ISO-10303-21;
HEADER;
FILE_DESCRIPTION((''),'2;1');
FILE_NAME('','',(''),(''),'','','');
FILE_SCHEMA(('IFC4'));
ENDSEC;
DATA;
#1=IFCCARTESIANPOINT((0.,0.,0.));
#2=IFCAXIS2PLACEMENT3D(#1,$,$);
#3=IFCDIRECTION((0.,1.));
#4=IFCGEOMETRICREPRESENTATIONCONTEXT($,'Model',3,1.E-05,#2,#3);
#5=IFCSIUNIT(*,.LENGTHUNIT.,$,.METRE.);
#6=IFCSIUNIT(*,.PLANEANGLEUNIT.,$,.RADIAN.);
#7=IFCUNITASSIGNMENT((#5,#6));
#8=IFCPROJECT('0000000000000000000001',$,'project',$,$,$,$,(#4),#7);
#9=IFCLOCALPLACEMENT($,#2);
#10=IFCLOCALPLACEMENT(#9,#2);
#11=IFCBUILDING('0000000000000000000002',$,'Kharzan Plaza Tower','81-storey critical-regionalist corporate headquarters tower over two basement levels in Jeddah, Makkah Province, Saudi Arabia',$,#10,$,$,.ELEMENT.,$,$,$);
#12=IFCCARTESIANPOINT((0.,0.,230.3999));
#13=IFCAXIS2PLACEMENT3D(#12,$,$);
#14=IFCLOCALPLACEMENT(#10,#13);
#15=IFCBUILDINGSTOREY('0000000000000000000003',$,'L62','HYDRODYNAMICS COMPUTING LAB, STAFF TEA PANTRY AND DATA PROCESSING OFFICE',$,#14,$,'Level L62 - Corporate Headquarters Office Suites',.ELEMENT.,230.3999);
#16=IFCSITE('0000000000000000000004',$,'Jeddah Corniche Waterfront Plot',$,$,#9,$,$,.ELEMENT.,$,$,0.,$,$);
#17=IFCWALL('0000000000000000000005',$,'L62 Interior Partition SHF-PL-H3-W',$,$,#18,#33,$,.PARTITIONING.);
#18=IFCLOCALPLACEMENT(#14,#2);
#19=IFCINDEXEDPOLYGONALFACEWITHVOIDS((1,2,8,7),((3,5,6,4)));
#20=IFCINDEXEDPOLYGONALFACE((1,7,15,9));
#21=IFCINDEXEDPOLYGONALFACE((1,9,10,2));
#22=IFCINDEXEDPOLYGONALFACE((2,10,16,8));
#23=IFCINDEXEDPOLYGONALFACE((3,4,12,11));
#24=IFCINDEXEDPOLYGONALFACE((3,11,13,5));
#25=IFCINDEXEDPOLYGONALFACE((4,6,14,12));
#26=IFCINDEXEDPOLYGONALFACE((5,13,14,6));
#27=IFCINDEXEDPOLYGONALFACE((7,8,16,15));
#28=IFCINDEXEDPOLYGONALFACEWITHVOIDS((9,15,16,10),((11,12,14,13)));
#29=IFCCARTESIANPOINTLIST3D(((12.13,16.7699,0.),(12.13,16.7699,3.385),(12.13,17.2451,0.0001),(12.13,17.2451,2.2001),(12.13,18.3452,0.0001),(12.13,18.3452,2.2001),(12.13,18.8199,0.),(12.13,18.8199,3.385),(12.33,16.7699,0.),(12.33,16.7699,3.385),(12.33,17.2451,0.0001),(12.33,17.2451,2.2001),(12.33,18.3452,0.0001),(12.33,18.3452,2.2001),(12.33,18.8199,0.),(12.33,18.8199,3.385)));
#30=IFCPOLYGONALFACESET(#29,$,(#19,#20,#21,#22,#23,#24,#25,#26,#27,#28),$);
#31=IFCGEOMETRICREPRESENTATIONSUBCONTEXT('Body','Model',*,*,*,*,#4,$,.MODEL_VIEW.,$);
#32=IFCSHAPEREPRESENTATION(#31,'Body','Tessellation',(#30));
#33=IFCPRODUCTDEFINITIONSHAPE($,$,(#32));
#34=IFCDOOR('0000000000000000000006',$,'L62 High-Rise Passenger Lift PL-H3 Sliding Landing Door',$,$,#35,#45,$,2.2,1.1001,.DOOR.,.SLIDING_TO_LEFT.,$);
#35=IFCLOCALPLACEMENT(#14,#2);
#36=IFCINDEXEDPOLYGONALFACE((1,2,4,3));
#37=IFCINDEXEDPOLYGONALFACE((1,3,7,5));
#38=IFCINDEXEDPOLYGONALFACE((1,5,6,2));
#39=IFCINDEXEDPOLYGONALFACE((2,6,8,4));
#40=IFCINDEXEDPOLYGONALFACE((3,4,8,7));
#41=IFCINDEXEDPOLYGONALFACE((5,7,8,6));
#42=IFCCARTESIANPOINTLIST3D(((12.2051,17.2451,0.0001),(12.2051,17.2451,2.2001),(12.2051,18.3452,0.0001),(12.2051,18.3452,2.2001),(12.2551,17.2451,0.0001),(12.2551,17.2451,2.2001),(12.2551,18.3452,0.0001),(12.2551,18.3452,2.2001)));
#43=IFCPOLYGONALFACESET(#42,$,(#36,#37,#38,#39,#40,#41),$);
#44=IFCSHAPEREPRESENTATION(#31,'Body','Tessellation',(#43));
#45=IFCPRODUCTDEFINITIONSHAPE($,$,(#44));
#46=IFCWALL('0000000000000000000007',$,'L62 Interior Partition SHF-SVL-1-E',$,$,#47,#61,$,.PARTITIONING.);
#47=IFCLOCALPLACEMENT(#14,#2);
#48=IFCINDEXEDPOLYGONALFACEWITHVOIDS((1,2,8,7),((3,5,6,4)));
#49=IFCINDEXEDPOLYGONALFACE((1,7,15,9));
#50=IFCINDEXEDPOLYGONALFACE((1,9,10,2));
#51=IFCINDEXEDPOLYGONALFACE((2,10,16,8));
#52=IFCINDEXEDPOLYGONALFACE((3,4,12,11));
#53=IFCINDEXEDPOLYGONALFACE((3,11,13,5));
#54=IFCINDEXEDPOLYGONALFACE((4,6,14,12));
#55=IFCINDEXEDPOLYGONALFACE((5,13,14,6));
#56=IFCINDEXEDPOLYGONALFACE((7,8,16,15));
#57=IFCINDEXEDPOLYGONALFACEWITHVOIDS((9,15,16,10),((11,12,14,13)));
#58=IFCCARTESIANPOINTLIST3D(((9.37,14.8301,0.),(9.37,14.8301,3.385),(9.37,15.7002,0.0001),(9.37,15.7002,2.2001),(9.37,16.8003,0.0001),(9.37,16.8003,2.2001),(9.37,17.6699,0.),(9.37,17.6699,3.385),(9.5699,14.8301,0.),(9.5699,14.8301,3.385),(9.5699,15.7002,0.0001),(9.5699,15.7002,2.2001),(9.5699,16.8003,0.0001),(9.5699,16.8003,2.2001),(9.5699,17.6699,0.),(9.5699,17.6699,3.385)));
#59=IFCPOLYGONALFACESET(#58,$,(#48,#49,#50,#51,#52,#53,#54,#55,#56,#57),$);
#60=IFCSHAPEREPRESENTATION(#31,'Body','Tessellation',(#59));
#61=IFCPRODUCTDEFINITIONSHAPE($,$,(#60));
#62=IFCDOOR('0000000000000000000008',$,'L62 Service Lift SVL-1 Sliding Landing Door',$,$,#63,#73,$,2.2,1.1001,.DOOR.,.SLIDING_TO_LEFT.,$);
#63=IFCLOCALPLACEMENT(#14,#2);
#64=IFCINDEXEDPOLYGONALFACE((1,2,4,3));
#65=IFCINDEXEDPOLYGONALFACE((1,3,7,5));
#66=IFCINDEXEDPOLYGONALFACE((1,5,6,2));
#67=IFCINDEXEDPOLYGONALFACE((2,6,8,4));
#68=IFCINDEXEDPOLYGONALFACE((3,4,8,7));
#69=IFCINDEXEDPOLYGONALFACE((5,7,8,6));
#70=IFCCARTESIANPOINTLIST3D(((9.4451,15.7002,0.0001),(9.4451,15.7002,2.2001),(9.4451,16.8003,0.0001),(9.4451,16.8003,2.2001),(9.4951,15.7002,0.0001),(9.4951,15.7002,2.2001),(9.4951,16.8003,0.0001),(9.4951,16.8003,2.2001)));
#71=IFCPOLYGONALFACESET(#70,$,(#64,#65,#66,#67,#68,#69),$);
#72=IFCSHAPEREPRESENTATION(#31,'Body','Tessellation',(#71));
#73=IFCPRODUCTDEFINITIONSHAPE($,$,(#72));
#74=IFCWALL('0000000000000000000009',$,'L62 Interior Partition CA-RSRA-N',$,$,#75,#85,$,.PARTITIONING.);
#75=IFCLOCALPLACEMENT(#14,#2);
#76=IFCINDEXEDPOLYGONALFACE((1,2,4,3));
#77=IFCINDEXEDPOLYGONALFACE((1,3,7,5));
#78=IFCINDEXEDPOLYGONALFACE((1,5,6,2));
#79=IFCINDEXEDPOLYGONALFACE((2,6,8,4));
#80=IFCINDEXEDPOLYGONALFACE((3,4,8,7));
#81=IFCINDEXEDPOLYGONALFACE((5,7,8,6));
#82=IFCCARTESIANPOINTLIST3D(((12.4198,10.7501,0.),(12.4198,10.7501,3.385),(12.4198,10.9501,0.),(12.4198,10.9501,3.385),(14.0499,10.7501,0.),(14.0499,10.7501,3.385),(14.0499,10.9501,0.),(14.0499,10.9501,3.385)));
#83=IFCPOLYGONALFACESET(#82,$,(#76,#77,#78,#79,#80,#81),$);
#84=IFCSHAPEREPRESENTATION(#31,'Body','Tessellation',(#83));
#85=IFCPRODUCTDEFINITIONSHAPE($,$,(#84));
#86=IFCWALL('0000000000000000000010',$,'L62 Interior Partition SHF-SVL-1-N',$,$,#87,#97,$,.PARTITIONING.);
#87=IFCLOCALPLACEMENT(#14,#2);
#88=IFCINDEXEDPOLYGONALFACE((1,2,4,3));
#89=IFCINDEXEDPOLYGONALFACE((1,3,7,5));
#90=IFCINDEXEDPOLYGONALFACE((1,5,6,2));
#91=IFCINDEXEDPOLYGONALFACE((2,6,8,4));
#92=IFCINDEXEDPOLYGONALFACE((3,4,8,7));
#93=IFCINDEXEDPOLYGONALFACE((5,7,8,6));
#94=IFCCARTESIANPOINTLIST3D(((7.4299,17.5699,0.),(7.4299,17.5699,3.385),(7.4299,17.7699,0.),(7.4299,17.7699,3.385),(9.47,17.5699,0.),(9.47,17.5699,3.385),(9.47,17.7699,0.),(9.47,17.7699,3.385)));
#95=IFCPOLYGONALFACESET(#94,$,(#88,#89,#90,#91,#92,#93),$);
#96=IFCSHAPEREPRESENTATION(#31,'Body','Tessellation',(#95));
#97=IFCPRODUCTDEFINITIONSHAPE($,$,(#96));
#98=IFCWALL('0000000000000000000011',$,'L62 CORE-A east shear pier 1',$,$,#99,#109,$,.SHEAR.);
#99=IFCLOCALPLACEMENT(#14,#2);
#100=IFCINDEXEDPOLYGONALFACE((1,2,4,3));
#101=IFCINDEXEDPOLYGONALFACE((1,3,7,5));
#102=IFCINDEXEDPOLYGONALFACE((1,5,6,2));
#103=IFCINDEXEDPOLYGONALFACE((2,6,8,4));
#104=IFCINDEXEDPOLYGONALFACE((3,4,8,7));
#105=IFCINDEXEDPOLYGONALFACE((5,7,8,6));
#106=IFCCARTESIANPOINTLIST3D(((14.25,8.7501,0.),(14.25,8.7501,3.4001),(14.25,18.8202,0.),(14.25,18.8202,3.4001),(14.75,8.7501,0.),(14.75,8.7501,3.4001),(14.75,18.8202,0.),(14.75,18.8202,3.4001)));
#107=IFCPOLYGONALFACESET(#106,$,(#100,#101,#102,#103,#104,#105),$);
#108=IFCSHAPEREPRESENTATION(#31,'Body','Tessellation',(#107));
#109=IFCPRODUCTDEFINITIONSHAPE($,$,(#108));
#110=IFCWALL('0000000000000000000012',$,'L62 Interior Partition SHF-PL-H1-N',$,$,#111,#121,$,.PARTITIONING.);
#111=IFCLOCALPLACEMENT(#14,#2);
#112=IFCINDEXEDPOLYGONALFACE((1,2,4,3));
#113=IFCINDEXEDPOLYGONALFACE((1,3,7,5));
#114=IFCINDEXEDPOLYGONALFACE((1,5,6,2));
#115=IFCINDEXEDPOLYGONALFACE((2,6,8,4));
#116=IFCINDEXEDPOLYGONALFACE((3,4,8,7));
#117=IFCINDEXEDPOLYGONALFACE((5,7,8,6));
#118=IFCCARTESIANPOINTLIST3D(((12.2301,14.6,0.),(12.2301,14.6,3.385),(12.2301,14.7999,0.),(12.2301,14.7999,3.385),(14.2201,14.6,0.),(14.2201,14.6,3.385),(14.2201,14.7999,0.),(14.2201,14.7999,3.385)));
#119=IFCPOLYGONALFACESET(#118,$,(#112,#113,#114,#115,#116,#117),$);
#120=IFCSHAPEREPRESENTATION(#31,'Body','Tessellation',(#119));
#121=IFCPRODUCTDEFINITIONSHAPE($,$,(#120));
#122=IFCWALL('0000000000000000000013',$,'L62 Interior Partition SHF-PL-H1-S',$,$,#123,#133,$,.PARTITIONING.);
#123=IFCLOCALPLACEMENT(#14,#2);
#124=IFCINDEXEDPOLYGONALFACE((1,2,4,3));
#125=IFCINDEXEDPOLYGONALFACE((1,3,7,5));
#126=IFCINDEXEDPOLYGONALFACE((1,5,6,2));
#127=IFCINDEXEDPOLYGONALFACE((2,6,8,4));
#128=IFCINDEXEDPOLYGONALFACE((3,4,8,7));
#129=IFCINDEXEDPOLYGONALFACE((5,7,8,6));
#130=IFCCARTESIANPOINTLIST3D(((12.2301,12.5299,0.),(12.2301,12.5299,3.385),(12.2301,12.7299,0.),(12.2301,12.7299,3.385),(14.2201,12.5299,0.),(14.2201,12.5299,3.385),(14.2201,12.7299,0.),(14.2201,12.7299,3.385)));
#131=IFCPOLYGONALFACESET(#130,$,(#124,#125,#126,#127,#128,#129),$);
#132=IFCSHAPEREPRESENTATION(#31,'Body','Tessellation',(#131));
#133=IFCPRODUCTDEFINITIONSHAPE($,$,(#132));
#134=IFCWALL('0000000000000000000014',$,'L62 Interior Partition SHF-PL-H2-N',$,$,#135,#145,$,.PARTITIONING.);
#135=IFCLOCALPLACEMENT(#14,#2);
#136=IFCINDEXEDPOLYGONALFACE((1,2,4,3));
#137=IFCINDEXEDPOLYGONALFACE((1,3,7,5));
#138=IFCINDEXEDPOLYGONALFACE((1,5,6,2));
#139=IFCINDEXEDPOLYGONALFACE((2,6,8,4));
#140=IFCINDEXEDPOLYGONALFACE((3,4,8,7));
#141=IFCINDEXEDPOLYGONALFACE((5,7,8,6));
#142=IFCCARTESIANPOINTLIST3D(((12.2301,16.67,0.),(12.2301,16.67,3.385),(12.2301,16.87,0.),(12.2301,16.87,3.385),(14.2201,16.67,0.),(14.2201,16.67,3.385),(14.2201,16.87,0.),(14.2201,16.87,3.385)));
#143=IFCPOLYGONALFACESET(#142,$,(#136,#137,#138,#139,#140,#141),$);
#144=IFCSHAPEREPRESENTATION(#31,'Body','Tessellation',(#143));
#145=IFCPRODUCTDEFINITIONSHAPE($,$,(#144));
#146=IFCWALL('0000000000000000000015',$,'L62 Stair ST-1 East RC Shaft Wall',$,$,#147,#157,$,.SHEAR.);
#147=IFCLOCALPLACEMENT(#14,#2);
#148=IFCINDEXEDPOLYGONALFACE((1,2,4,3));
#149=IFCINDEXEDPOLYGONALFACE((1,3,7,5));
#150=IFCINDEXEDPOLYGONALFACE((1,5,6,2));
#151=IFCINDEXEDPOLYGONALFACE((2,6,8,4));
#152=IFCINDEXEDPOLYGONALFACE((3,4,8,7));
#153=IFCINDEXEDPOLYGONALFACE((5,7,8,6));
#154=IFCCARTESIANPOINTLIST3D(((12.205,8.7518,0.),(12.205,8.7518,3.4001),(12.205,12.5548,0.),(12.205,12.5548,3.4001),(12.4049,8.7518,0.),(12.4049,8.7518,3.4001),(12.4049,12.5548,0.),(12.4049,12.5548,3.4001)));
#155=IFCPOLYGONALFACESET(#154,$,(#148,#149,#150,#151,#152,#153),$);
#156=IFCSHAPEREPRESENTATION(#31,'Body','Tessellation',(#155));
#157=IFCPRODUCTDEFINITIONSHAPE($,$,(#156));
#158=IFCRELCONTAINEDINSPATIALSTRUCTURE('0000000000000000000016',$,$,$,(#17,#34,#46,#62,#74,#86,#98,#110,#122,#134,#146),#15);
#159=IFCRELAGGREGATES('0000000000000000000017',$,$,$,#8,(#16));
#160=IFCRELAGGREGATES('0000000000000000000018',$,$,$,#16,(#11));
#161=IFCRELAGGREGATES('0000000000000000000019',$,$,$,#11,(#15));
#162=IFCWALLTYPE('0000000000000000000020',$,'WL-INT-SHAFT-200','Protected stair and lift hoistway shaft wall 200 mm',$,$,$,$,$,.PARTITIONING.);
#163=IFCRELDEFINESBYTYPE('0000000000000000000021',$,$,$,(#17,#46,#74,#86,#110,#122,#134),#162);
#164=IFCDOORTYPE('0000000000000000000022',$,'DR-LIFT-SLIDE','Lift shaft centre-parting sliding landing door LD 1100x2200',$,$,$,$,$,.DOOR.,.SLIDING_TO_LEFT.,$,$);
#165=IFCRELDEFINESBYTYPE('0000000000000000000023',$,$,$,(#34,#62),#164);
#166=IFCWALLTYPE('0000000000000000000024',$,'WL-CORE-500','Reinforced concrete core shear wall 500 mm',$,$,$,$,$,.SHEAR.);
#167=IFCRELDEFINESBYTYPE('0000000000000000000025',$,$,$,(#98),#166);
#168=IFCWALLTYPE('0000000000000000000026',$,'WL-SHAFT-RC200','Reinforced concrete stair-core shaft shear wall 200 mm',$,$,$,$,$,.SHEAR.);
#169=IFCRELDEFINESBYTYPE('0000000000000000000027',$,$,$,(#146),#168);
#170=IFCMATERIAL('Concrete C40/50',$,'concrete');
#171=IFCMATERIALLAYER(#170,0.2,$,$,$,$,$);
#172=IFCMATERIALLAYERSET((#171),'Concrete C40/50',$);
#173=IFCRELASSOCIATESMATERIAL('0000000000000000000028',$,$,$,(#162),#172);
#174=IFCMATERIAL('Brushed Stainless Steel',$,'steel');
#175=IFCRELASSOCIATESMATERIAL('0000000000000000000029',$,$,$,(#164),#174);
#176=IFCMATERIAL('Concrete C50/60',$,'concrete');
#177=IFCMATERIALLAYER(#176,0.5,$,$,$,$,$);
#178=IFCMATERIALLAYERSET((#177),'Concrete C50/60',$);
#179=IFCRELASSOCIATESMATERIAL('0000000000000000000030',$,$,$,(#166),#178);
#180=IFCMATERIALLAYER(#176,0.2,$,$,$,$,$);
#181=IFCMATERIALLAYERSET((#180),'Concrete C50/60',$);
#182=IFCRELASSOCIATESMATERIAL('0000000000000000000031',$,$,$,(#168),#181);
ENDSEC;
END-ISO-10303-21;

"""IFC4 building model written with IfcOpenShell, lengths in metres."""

from ifc_helpers import new_model, si_unit, direction, frame, frame_2d, origin, place, context, subcontext, project, spatial, rectangle, extrude, source, transform, mapped, material, layer, layer_set, type_object, element, fill, save


model = new_model("IFC4")

# Units and contexts
model_context = context("Model", 3, precision=1e-05, world=origin(), true_north=direction((0.0, 1.0)))
body_context = subcontext(model_context, "Body", "Model", "MODEL_VIEW")
ifc_project = project(units=[si_unit("LENGTHUNIT", "METRE"), si_unit("PLANEANGLEUNIT", "RADIAN")], contexts=[model_context])

# Site, building, storey
site_placement = place(None, origin())
site = spatial("IfcSite", under=ifc_project, at=site_placement, Name="Jeddah Corniche Waterfront Plot", CompositionType="ELEMENT", RefElevation=0.0)
building_placement = place(site_placement, origin())
building = spatial("IfcBuilding", under=site, at=building_placement, Name="Kharzan Plaza Tower", Description="81-storey critical-regionalist corporate headquarters tower over two basement levels in Jeddah, Makkah Province, Saudi Arabia", CompositionType="ELEMENT")
storey_placement = place(building_placement, frame((0.0, 0.0, 230.3999)))
storey = spatial("IfcBuildingStorey", under=building, at=storey_placement, Name="L62", Description="HYDRODYNAMICS COMPUTING LAB, STAFF TEA PANTRY AND DATA PROCESSING OFFICE", LongName="Level L62 - Corporate Headquarters Office Suites", CompositionType="ELEMENT", Elevation=230.3999)

# Walls, openings, doors
ifc_material_1 = material(Name="Concrete C40/50", Category="concrete")
ifc_layer_1 = layer(ifc_material_1, 0.2)
ifc_layer_set_1 = layer_set([ifc_layer_1], Name="Concrete C40/50")
wall_type_1 = type_object("IfcWallType", Name="WL-INT-SHAFT-200", Description="Protected stair and lift hoistway shaft wall 200 mm", PredefinedType="PARTITIONING", material=ifc_layer_set_1)
ifc_material_2 = material(Name="Brushed Stainless Steel", Category="steel")
door_type = type_object("IfcDoorType", Name="DR-LIFT-SLIDE", Description="Lift shaft centre-parting sliding landing door LD 1100x2200", OperationType="SLIDING_TO_LEFT", PredefinedType="DOOR", material=ifc_material_2)
shared_shape_1 = source(origin(), body_context, "Body", "SweptSolid", [
    extrude(rectangle(XDim=1.1001, YDim=2.2, at=frame_2d((0.55, 1.1001))), frame((0.0, 0.0249, 0.0), z_axis=(0.0, -1.0, 0.0), x_axis=(1.0, 0.0, 0.0)), (0.0, 0.0, 1.0), 0.05),
])
wall_1_placement = place(storey_placement, frame((12.23, 16.77, 0.0), z_axis=(0.0, 0.0, 1.0), x_axis=(0.0, 1.0, 0.0)))
wall_1 = element("IfcWall", 1, at=wall_1_placement, inside=storey, type_object=wall_type_1, Name="L62 Interior Partition SHF-PL-H3-W", PredefinedType="PARTITIONING", context=body_context, shape_type="SweptSolid", body=[
    extrude(rectangle(XDim=2.05, YDim=0.2, at=frame_2d((1.0249, 0.0))), origin(), (0.0, 0.0, 1.0), 3.385),
])
opening_1_placement = place(wall_1_placement, frame((0.4751, 0.0, 0.0)))
opening_1 = element("IfcOpeningElement", 2, at=opening_1_placement, cuts=wall_1, PredefinedType="OPENING", context=body_context, shape_type="SweptSolid", body=[
    extrude(rectangle(XDim=1.1001, YDim=2.2, at=frame_2d((0.55, 1.1001))), frame((0.0, 0.1099, 0.0), z_axis=(0.0, -1.0, 0.0), x_axis=(1.0, 0.0, 0.0)), (0.0, 0.0, 1.0), 0.22),
])
door_1_placement = place(opening_1_placement, origin())
door_1 = element("IfcDoor", 3, at=door_1_placement, inside=storey, type_object=door_type, Name="L62 High-Rise Passenger Lift PL-H3 Sliding Landing Door", OperationType="SLIDING_TO_LEFT", OverallHeight=2.2, OverallWidth=1.1001, PredefinedType="DOOR", context=body_context, shape_type="MappedRepresentation", body=[
    mapped(shared_shape_1, transform((0.0, 0.0, 0.0), x_axis=(1.0, 0.0, 0.0), y_axis=(0.0, 1.0, 0.0), z_axis=(0.0, 0.0, 1.0))),
])
fill(opening_1, door_1)
wall_2_placement = place(storey_placement, frame((9.47, 14.8301, 0.0), z_axis=(0.0, 0.0, 1.0), x_axis=(0.0, 1.0, 0.0)))
wall_2 = element("IfcWall", 4, at=wall_2_placement, inside=storey, type_object=wall_type_1, Name="L62 Interior Partition SHF-SVL-1-E", PredefinedType="PARTITIONING", context=body_context, shape_type="SweptSolid", body=[
    extrude(rectangle(XDim=2.8398, YDim=0.2, at=frame_2d((1.4199, 0.0))), origin(), (0.0, 0.0, 1.0), 3.385),
])
opening_2_placement = place(wall_2_placement, frame((0.8701, 0.0, 0.0)))
opening_2 = element("IfcOpeningElement", 5, at=opening_2_placement, cuts=wall_2, PredefinedType="OPENING", context=body_context, shape_type="SweptSolid", body=[
    extrude(rectangle(XDim=1.1001, YDim=2.2, at=frame_2d((0.55, 1.1001))), frame((0.0, 0.1099, 0.0), z_axis=(0.0, -1.0, 0.0), x_axis=(1.0, 0.0, 0.0)), (0.0, 0.0, 1.0), 0.22),
])
door_2_placement = place(opening_2_placement, origin())
door_2 = element("IfcDoor", 6, at=door_2_placement, inside=storey, type_object=door_type, Name="L62 Service Lift SVL-1 Sliding Landing Door", OperationType="SLIDING_TO_LEFT", OverallHeight=2.2, OverallWidth=1.1001, PredefinedType="DOOR", context=body_context, shape_type="MappedRepresentation", body=[
    mapped(shared_shape_1, transform((0.0, 0.0, 0.0), x_axis=(1.0, 0.0, 0.0), y_axis=(0.0, 1.0, 0.0), z_axis=(0.0, 0.0, 1.0))),
])
fill(opening_2, door_2)

# Walls
shared_shape_2 = source(origin(), body_context, "Body", "SweptSolid", [
    extrude(rectangle(XDim=1.6301, YDim=0.2, at=frame_2d((0.8149, 0.0))), origin(), (0.0, 0.0, 1.0), 3.385),
])
wall_3_placement = place(storey_placement, frame((12.4199, 10.8501, 0.0), z_axis=(0.0, 0.0, 1.0), x_axis=(1.0, 0.0, 0.0)))
element("IfcWall", 7, at=wall_3_placement, inside=storey, type_object=wall_type_1, Name="L62 Interior Partition CA-RSRA-N", PredefinedType="PARTITIONING", context=body_context, shape_type="MappedRepresentation", body=[
    mapped(shared_shape_2, transform((0.0, 0.0, 0.0), x_axis=(1.0, 0.0, 0.0), y_axis=(0.0, 1.0, 0.0), z_axis=(0.0, 0.0, 1.0))),
])
shared_shape_3 = source(origin(), body_context, "Body", "SweptSolid", [
    extrude(rectangle(XDim=2.04, YDim=0.2, at=frame_2d((1.02, 0.0))), origin(), (0.0, 0.0, 1.0), 3.385),
])
wall_4_placement = place(storey_placement, frame((7.4299, 17.6699, 0.0), z_axis=(0.0, 0.0, 1.0), x_axis=(1.0, 0.0, 0.0)))
element("IfcWall", 8, at=wall_4_placement, inside=storey, type_object=wall_type_1, Name="L62 Interior Partition SHF-SVL-1-N", PredefinedType="PARTITIONING", context=body_context, shape_type="MappedRepresentation", body=[
    mapped(shared_shape_3, transform((0.0, 0.0, 0.0), x_axis=(1.0, 0.0, 0.0), y_axis=(0.0, 1.0, 0.0), z_axis=(0.0, 0.0, 1.0))),
])
ifc_material_3 = material(Name="Concrete C50/60", Category="concrete")
ifc_layer_2 = layer(ifc_material_3, 0.5)
ifc_layer_set_2 = layer_set([ifc_layer_2], Name="Concrete C50/60")
wall_type_2 = type_object("IfcWallType", Name="WL-CORE-500", Description="Reinforced concrete core shear wall 500 mm", PredefinedType="SHEAR", material=ifc_layer_set_2)
shared_shape_4 = source(origin(), body_context, "Body", "SweptSolid", [
    extrude(rectangle(XDim=10.0701, YDim=0.5, at=frame_2d((5.0352, 0.0))), origin(), (0.0, 0.0, 1.0), 3.4001),
])
wall_5_placement = place(storey_placement, frame((14.5, 8.75, 0.0), z_axis=(0.0, 0.0, 1.0), x_axis=(0.0, 1.0, 0.0)))
element("IfcWall", 9, at=wall_5_placement, inside=storey, type_object=wall_type_2, Name="L62 CORE-A east shear pier 1", PredefinedType="SHEAR", context=body_context, shape_type="MappedRepresentation", body=[
    mapped(shared_shape_4, transform((0.0, 0.0, 0.0), x_axis=(1.0, 0.0, 0.0), y_axis=(0.0, 1.0, 0.0), z_axis=(0.0, 0.0, 1.0))),
])
shared_shape_5 = source(origin(), body_context, "Body", "SweptSolid", [
    extrude(rectangle(XDim=1.99, YDim=0.2, at=frame_2d((0.9951, 0.0))), origin(), (0.0, 0.0, 1.0), 3.385),
])
for number, where, z_axis, x_axis, name in (
    (10, (12.23, 14.7, 0.0), (0.0, 0.0, 1.0), (1.0, 0.0, 0.0), "L62 Interior Partition SHF-PL-H1-N"),
    (11, (12.23, 12.6299, 0.0), (0.0, 0.0, 1.0), (1.0, 0.0, 0.0), "L62 Interior Partition SHF-PL-H1-S"),
    (12, (12.23, 16.77, 0.0), (0.0, 0.0, 1.0), (1.0, 0.0, 0.0), "L62 Interior Partition SHF-PL-H2-N"),
):
    element("IfcWall", number, at=place(storey_placement, frame(where, z_axis=z_axis, x_axis=x_axis)), inside=storey, type_object=wall_type_1, Name=name, PredefinedType="PARTITIONING", context=body_context, shape_type="MappedRepresentation", body=[
        mapped(shared_shape_5, transform((0.0, 0.0, 0.0), x_axis=(1.0, 0.0, 0.0), y_axis=(0.0, 1.0, 0.0), z_axis=(0.0, 0.0, 1.0))),
    ])
ifc_layer_3 = layer(ifc_material_3, 0.2)
ifc_layer_set_3 = layer_set([ifc_layer_3], Name="Concrete C50/60")
wall_type_3 = type_object("IfcWallType", Name="WL-SHAFT-RC200", Description="Reinforced concrete stair-core shaft shear wall 200 mm", PredefinedType="SHEAR", material=ifc_layer_set_3)
shared_shape_6 = source(origin(), body_context, "Body", "SweptSolid", [
    extrude(rectangle(XDim=3.803, YDim=0.2, at=frame_2d((1.9014, 0.0))), origin(), (0.0, 0.0, 1.0), 3.4001),
])
wall_6_placement = place(storey_placement, frame((12.3049, 8.752, 0.0), z_axis=(0.0, 0.0, 1.0), x_axis=(0.0, 1.0, 0.0)))
element("IfcWall", 13, at=wall_6_placement, inside=storey, type_object=wall_type_3, Name="L62 Stair ST-1 East RC Shaft Wall", PredefinedType="SHEAR", context=body_context, shape_type="MappedRepresentation", body=[
    mapped(shared_shape_6, transform((0.0, 0.0, 0.0), x_axis=(1.0, 0.0, 0.0), y_axis=(0.0, 1.0, 0.0), z_axis=(0.0, 0.0, 1.0))),
])

save(model, "model.ifc")
